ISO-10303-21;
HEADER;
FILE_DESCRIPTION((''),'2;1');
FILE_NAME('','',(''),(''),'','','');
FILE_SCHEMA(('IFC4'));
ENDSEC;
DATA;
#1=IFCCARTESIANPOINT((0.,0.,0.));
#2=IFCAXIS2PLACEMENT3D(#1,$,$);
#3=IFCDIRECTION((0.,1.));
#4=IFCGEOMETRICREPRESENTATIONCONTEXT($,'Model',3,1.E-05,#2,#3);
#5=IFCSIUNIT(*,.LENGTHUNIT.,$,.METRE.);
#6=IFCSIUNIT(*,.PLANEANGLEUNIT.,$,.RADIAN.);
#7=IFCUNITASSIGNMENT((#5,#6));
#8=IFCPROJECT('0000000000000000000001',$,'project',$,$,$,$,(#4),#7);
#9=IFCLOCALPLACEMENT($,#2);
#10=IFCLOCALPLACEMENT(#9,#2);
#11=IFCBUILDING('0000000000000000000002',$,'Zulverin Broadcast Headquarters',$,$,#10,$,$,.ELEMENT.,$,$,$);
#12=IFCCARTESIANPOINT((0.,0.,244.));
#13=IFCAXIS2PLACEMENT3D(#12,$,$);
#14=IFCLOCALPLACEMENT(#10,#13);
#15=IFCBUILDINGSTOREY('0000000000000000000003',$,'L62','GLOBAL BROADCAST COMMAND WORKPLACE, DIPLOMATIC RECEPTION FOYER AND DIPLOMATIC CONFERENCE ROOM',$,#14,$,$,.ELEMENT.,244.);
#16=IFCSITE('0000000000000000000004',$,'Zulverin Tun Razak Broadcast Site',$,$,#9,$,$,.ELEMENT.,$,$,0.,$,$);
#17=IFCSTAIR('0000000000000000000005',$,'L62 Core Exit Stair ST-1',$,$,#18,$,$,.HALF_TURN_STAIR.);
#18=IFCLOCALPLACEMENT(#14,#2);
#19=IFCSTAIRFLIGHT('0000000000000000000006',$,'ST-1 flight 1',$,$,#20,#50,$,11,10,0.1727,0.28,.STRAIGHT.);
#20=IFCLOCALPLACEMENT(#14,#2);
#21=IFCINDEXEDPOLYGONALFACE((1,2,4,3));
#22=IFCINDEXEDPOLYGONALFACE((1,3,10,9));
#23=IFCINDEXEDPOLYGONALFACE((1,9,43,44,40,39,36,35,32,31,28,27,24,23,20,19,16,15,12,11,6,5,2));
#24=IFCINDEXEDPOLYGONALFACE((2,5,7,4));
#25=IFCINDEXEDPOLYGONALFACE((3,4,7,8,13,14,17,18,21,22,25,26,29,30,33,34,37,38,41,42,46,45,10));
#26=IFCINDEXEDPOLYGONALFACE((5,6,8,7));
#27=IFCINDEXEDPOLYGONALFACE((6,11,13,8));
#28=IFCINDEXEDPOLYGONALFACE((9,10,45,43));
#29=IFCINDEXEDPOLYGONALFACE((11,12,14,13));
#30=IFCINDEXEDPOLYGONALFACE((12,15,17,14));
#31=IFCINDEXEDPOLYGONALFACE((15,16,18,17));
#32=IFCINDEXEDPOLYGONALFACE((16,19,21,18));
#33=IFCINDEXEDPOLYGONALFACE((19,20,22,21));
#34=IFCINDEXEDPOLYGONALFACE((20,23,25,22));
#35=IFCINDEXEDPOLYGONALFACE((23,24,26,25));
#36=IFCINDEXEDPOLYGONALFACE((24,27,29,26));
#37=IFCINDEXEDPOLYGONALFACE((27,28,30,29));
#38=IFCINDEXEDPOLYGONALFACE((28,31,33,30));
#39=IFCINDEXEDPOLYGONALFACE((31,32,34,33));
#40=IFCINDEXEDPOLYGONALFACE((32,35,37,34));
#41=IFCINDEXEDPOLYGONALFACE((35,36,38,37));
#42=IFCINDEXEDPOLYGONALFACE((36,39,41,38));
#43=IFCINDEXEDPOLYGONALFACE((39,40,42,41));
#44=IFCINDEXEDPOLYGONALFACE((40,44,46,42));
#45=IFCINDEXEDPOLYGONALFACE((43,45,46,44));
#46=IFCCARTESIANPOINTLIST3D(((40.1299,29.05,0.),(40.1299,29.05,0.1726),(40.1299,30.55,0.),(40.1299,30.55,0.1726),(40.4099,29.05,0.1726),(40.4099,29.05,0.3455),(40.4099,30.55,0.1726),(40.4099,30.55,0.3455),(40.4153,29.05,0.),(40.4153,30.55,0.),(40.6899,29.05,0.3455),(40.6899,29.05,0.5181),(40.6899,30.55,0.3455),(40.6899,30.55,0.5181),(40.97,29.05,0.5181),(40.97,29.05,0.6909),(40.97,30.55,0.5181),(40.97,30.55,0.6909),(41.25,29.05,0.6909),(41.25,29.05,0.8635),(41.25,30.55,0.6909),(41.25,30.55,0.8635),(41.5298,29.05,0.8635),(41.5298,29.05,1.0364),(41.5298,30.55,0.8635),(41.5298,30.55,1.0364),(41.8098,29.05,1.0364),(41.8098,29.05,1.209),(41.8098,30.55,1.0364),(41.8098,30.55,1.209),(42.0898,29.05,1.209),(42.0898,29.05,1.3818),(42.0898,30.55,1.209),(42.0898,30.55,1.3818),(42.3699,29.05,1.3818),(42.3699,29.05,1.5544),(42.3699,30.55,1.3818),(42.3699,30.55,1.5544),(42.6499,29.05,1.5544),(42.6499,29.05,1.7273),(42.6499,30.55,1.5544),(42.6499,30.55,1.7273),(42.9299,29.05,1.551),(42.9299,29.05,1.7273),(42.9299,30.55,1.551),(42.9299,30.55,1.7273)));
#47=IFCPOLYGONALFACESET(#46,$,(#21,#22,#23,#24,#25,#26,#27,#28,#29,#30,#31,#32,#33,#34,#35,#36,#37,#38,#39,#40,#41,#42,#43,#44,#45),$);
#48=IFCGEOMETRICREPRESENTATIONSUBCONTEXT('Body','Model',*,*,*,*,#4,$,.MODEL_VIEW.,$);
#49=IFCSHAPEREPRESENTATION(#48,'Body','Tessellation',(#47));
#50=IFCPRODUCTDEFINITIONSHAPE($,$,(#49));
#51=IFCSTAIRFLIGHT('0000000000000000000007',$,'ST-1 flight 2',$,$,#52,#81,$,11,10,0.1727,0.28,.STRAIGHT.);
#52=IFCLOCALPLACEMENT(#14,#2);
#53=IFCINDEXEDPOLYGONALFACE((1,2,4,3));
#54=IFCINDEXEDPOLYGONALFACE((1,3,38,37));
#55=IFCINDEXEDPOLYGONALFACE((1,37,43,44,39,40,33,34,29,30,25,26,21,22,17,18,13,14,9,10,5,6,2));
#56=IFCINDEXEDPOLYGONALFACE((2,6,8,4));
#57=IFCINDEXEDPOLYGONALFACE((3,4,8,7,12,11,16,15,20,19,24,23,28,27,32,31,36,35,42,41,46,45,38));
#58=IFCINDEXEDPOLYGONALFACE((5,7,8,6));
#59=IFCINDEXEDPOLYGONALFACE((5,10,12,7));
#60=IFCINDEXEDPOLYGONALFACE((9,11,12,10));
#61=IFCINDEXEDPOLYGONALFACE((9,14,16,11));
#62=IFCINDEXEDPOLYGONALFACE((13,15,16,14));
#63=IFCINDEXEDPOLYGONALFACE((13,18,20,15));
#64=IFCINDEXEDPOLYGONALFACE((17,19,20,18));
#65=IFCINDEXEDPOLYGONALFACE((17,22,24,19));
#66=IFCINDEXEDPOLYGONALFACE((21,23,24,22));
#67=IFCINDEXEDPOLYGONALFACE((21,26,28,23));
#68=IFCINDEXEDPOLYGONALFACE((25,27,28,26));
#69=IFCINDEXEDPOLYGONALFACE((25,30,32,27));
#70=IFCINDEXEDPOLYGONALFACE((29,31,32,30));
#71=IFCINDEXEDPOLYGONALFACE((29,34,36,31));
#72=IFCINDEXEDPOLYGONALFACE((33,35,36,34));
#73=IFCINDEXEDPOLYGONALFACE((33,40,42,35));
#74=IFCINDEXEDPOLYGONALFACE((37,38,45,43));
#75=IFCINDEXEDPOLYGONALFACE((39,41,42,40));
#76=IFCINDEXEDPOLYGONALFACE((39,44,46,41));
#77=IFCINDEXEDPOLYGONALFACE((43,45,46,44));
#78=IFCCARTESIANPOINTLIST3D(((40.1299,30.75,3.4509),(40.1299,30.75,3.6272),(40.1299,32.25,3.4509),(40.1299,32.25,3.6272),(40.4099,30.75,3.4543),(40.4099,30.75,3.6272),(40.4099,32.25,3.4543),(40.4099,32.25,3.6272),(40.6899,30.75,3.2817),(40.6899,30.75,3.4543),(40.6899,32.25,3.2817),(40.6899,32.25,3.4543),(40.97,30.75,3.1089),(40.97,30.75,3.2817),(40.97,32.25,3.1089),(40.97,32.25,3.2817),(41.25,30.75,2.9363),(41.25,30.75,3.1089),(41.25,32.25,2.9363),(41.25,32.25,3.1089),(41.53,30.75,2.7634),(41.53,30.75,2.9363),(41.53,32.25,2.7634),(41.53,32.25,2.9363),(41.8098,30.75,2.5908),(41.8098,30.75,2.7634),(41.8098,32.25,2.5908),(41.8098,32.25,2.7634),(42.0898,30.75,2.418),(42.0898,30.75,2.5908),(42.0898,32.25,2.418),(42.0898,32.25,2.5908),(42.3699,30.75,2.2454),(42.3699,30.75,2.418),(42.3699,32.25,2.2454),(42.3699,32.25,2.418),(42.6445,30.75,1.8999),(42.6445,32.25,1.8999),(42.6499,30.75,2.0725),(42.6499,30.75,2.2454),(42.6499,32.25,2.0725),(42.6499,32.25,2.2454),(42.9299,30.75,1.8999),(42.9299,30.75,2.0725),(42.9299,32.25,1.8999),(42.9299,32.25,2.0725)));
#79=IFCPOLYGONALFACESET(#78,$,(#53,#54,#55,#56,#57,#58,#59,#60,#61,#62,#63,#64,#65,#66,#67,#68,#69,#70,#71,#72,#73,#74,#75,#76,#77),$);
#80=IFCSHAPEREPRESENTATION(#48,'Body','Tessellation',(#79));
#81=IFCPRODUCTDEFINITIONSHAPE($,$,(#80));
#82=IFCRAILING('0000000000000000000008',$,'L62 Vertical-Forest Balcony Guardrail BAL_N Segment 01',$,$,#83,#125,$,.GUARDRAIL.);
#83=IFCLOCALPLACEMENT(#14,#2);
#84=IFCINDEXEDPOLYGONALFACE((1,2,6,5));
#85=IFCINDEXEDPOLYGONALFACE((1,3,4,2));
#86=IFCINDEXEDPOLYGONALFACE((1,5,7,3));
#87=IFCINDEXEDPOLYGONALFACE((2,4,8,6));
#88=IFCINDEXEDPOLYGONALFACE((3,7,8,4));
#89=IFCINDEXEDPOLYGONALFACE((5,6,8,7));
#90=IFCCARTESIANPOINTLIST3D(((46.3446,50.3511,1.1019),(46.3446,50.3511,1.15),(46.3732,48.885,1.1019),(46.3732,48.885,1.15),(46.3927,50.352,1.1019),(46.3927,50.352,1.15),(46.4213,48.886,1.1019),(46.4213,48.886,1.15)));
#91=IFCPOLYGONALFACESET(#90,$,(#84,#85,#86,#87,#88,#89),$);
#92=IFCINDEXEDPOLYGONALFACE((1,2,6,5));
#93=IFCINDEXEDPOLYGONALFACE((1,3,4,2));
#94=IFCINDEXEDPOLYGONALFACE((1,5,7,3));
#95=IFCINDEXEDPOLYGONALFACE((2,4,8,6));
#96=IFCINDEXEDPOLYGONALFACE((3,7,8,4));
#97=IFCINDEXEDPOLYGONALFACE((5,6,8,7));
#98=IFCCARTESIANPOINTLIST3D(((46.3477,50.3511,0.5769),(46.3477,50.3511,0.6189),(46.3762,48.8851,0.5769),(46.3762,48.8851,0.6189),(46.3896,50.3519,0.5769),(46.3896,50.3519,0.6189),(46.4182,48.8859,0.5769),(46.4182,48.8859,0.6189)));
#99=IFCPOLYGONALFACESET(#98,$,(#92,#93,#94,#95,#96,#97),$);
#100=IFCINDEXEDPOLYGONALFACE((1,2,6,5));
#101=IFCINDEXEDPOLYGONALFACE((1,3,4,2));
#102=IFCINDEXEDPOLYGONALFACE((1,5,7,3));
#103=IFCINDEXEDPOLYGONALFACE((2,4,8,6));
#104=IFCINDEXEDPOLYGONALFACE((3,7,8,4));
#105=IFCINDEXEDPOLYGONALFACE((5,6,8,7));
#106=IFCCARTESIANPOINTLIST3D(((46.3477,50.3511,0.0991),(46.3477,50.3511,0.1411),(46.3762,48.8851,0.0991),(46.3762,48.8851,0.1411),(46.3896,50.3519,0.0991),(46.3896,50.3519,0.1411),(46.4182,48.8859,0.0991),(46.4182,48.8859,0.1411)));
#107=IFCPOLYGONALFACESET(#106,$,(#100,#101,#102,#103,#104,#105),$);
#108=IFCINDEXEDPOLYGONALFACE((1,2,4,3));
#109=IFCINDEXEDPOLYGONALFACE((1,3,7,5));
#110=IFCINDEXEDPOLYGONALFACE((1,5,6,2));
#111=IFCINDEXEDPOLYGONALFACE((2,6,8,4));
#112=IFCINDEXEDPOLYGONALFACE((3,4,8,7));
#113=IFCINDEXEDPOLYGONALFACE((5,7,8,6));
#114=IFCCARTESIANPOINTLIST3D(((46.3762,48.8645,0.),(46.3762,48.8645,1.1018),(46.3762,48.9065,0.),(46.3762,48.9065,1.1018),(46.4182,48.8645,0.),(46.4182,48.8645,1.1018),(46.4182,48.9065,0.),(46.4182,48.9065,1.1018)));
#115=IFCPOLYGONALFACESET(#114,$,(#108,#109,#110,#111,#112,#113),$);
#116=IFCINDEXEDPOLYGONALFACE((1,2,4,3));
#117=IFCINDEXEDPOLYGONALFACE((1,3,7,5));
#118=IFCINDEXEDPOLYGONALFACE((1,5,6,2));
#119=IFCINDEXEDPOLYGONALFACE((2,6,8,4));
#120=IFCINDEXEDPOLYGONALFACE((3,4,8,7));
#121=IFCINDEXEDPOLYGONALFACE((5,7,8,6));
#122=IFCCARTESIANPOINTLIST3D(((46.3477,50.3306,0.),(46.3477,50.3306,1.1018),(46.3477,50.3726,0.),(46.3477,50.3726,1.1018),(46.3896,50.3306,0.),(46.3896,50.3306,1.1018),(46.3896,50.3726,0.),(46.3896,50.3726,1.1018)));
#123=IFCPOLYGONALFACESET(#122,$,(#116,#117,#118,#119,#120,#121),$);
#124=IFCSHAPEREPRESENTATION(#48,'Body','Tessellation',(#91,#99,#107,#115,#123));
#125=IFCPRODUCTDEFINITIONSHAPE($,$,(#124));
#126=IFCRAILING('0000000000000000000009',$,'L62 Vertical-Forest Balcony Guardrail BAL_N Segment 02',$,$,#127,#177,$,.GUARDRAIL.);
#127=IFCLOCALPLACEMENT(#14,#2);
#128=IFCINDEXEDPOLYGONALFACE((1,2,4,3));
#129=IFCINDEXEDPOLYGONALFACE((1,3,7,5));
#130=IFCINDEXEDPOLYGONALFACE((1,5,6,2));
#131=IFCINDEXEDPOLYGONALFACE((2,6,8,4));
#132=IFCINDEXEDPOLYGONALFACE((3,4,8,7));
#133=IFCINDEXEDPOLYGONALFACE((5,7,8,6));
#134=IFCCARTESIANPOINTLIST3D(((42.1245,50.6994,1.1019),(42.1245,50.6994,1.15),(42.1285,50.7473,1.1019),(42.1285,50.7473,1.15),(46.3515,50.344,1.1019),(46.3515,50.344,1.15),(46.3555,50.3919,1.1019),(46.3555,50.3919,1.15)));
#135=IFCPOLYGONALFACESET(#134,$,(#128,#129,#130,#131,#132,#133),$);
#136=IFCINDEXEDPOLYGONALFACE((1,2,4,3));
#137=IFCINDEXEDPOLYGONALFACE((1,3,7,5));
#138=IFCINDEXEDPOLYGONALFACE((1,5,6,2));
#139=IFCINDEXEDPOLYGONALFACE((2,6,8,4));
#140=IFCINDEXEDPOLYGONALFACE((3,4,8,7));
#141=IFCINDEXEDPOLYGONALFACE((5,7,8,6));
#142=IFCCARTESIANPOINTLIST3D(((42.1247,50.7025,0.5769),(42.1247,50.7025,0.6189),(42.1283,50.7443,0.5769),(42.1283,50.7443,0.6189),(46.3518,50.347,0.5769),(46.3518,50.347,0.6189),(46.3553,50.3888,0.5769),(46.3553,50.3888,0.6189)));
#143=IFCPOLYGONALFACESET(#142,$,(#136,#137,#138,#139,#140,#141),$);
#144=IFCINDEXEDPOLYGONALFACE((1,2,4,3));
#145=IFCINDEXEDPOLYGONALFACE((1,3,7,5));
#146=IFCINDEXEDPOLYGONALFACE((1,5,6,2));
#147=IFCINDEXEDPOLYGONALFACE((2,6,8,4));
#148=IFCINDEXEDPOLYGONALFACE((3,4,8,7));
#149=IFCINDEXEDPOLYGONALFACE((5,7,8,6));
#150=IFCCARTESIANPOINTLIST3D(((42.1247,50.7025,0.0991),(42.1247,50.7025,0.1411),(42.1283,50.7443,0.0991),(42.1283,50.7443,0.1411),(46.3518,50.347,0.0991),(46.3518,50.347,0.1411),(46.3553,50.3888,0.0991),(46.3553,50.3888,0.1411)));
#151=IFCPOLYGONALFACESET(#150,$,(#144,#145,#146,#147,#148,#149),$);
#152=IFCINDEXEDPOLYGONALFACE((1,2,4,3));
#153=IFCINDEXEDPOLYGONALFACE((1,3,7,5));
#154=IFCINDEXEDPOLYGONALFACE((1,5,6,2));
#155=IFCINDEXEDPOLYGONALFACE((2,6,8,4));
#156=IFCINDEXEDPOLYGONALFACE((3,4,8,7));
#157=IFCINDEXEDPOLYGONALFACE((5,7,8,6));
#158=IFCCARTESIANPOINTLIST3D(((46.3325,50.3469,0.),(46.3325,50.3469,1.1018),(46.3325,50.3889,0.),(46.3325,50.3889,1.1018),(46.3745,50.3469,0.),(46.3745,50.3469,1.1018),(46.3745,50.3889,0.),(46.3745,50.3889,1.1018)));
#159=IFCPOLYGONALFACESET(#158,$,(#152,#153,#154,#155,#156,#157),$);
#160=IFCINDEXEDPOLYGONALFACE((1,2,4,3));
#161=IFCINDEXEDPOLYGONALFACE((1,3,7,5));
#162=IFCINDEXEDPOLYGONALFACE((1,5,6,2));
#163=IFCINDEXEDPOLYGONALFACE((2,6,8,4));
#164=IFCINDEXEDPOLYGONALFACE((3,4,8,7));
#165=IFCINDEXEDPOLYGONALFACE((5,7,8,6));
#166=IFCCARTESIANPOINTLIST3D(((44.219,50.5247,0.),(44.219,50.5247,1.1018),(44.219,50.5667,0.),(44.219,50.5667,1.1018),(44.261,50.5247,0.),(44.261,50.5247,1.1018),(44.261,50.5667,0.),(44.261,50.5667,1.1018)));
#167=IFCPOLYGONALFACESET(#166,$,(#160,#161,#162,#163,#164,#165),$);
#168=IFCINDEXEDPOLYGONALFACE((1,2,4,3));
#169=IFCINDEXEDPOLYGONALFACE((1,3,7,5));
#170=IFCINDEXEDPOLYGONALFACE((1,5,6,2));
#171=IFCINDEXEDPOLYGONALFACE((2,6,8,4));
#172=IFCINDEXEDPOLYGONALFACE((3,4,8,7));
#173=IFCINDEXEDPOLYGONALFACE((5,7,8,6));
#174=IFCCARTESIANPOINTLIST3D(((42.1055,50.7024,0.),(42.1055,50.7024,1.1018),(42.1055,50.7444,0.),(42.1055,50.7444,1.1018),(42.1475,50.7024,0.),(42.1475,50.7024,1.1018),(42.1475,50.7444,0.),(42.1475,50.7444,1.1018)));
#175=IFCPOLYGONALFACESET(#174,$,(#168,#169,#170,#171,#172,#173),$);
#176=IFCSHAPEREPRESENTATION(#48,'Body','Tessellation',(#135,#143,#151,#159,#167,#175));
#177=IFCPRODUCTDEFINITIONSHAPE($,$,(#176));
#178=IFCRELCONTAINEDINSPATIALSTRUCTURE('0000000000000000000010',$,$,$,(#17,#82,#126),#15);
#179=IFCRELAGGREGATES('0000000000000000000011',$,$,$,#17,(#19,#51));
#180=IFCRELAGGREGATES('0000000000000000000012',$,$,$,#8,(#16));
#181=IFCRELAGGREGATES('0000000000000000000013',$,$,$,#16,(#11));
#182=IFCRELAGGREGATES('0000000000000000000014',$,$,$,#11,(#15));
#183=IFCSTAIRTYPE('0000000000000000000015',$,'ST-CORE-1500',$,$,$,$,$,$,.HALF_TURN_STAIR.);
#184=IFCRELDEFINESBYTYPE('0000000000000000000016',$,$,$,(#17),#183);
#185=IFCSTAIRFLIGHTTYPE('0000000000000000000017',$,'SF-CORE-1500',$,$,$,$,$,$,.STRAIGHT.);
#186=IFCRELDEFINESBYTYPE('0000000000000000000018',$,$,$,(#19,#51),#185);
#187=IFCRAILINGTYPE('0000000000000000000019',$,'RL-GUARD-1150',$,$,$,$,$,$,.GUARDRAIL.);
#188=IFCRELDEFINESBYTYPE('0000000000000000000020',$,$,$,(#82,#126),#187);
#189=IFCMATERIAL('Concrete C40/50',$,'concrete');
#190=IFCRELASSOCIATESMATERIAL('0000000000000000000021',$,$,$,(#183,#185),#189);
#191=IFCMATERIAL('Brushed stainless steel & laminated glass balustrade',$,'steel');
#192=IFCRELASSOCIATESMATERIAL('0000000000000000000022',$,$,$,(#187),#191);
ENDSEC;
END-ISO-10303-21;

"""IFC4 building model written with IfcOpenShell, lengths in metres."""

from ifc_helpers import new_model, si_unit, direction, frame, origin, origin_2d, place, context, subcontext, project, spatial, polyline, rectangle, outline, extrude, material, type_object, element, aggregate, save


model = new_model("IFC4")

# Units and contexts
model_context = context("Model", 3, precision=1e-05, world=origin(), true_north=direction((0.0, 1.0)))
body_context = subcontext(model_context, "Body", "Model", "MODEL_VIEW")
ifc_project = project(units=[si_unit("LENGTHUNIT", "METRE"), si_unit("PLANEANGLEUNIT", "RADIAN")], contexts=[model_context])

# Site, building, storey
site_placement = place(None, origin())
site = spatial("IfcSite", under=ifc_project, at=site_placement, Name="Zulverin Tun Razak Broadcast Site", CompositionType="ELEMENT", RefElevation=0.0)
building_placement = place(site_placement, origin())
building = spatial("IfcBuilding", under=site, at=building_placement, Name="Zulverin Broadcast Headquarters", CompositionType="ELEMENT")
storey_placement = place(building_placement, frame((0.0, 0.0, 244.0)))
storey = spatial("IfcBuildingStorey", under=building, at=storey_placement, Name="L62", Description="GLOBAL BROADCAST COMMAND WORKPLACE, DIPLOMATIC RECEPTION FOYER AND DIPLOMATIC CONFERENCE ROOM", CompositionType="ELEMENT", Elevation=244.0)

# Shared definitions
ifc_material_1 = material(Name="Concrete C40/50", Category="concrete")

# Stair, stair flights
stair_type = type_object("IfcStairType", Name="ST-CORE-1500", PredefinedType="HALF_TURN_STAIR", material=ifc_material_1)
stair_placement = place(storey_placement, origin())
stair = element("IfcStair", 1, at=stair_placement, inside=storey, type_object=stair_type, Name="L62 Core Exit Stair ST-1", PredefinedType="HALF_TURN_STAIR")
stair_flight_type = type_object("IfcStairFlightType", Name="SF-CORE-1500", PredefinedType="STRAIGHT", material=ifc_material_1)
stair_flight_1_placement = place(storey_placement, frame((40.1299, 29.8, 0.0), z_axis=(0.0, 0.0, 1.0), x_axis=(1.0, 0.0, 0.0)))
stair_flight_1 = element("IfcStairFlight", 2, at=stair_flight_1_placement, type_object=stair_flight_type, Name="ST-1 flight 1", NumberOfRisers=11, NumberOfTreads=10, PredefinedType="STRAIGHT", RiserHeight=0.1727, TreadLength=0.28, context=body_context, shape_type="SweptSolid", body=[
    extrude(outline(polyline([(0.0, 0.0), (0.0, 0.1726), (0.28, 0.1726), (0.28, 0.3455), (0.5601, 0.3455), (0.5601, 0.5181), (0.8401, 0.5181), (0.8401, 0.6909), (1.1201, 0.6909), (1.1201, 0.8635), (1.3999, 0.8635), (1.3999, 1.0364), (1.6799, 1.0364), (1.6799, 1.209), (1.96, 1.209), (1.96, 1.3818), (2.24, 1.3818), (2.24, 1.5544), (2.52, 1.5544), (2.52, 1.7273), (2.8, 1.7273), (2.8, 1.8999), (2.8, 1.551), (0.2854, 0.0), (0.0, 0.0)])), frame((0.0, 0.75, 0.0), z_axis=(0.0, -1.0, 0.0), x_axis=(1.0, 0.0, 0.0)), (0.0, 0.0, 1.0), 1.5),
])
stair_flight_2_placement = place(storey_placement, frame((42.9299, 31.5, 1.8999), z_axis=(0.0, 0.0, 1.0), x_axis=(-1.0, 0.0, 0.0)))
stair_flight_2 = element("IfcStairFlight", 3, at=stair_flight_2_placement, type_object=stair_flight_type, Name="ST-1 flight 2", NumberOfRisers=11, NumberOfTreads=10, PredefinedType="STRAIGHT", RiserHeight=0.1727, TreadLength=0.28, context=body_context, shape_type="SweptSolid", body=[
    extrude(outline(polyline([(0.0, 0.0), (0.0, 0.1726), (0.28, 0.1726), (0.28, 0.3455), (0.5601, 0.3455), (0.5601, 0.5181), (0.8401, 0.5181), (0.8401, 0.6909), (1.1201, 0.6909), (1.1201, 0.8635), (1.3999, 0.8635), (1.3999, 1.0364), (1.6799, 1.0364), (1.6799, 1.209), (1.96, 1.209), (1.96, 1.3818), (2.24, 1.3818), (2.24, 1.5544), (2.52, 1.5544), (2.52, 1.7273), (2.8, 1.7273), (2.8, 1.8999), (2.8, 1.551), (0.2854, 0.0), (0.0, 0.0)])), frame((0.0, 0.75, 0.0), z_axis=(0.0, -1.0, 0.0), x_axis=(1.0, 0.0, 0.0)), (0.0, 0.0, 1.0), 1.5),
])
aggregate(stair, [stair_flight_1, stair_flight_2])

# Railings
ifc_material_2 = material(Name="Brushed stainless steel & laminated glass balustrade", Category="steel")
railing_type_1 = type_object("IfcRailingType", Name="RL-GUARD-1150", PredefinedType="GUARDRAIL", material=ifc_material_2)
railing_1_placement = place(storey_placement, frame((46.3972, 48.8855, 0.0)))
element("IfcRailing", 4, at=railing_1_placement, inside=storey, type_object=railing_type_1, Name="L62 Vertical-Forest Balcony Guardrail BAL_N Segment 01", PredefinedType="GUARDRAIL", context=body_context, shape_type="SweptSolid", body=[
    extrude(rectangle(XDim=0.0481, YDim=0.0481, at=origin_2d()), frame((0.0, 0.0, 1.126), z_axis=(-0.01948, 0.99981, 0.0), x_axis=(-0.99981, -0.01948, 0.0)), (0.0, 0.0, 1.0), 1.4663),
    extrude(rectangle(XDim=0.042, YDim=0.042, at=origin_2d()), frame((0.0, 0.0, 0.5979), z_axis=(-0.01948, 0.99981, 0.0), x_axis=(-0.99981, -0.01948, 0.0)), (0.0, 0.0, 1.0), 1.4663),
    extrude(rectangle(XDim=0.042, YDim=0.042, at=origin_2d()), frame((0.0, 0.0, 0.1201), z_axis=(-0.01948, 0.99981, 0.0), x_axis=(-0.99981, -0.01948, 0.0)), (0.0, 0.0, 1.0), 1.4663),
    extrude(rectangle(XDim=0.042, YDim=0.042, at=origin_2d()), origin(), (0.0, 0.0, 1.0), 1.1018),
    extrude(rectangle(XDim=0.042, YDim=0.042, at=origin_2d()), frame((-0.0286, 1.4661, 0.0)), (0.0, 0.0, 1.0), 1.1018),
])
railing_2_placement = place(storey_placement, frame((46.3535, 50.3679, 0.0)))
element("IfcRailing", 5, at=railing_2_placement, inside=storey, type_object=railing_type_1, Name="L62 Vertical-Forest Balcony Guardrail BAL_N Segment 02", PredefinedType="GUARDRAIL", context=body_context, shape_type="SweptSolid", body=[
    extrude(rectangle(XDim=0.0481, YDim=0.0481, at=origin_2d()), frame((0.0, 0.0, 1.126), z_axis=(-0.996483, 0.083798, 0.0), x_axis=(-0.083798, -0.996483, 0.0)), (0.0, 0.0, 1.0), 4.2419),
    extrude(rectangle(XDim=0.042, YDim=0.042, at=origin_2d()), frame((0.0, 0.0, 0.5979), z_axis=(-0.996483, 0.083798, 0.0), x_axis=(-0.083798, -0.996483, 0.0)), (0.0, 0.0, 1.0), 4.2419),
    extrude(rectangle(XDim=0.042, YDim=0.042, at=origin_2d()), frame((0.0, 0.0, 0.1201), z_axis=(-0.996483, 0.083798, 0.0), x_axis=(-0.083798, -0.996483, 0.0)), (0.0, 0.0, 1.0), 4.2419),
    extrude(rectangle(XDim=0.042, YDim=0.042, at=origin_2d()), origin(), (0.0, 0.0, 1.0), 1.1018),
    extrude(rectangle(XDim=0.042, YDim=0.042, at=origin_2d()), frame((-2.1135, 0.1777, 0.0)), (0.0, 0.0, 1.0), 1.1018),
    extrude(rectangle(XDim=0.042, YDim=0.042, at=origin_2d()), frame((-4.2271, 0.3555, 0.0)), (0.0, 0.0, 1.0), 1.1018),
])

save(model, "model.ifc")
